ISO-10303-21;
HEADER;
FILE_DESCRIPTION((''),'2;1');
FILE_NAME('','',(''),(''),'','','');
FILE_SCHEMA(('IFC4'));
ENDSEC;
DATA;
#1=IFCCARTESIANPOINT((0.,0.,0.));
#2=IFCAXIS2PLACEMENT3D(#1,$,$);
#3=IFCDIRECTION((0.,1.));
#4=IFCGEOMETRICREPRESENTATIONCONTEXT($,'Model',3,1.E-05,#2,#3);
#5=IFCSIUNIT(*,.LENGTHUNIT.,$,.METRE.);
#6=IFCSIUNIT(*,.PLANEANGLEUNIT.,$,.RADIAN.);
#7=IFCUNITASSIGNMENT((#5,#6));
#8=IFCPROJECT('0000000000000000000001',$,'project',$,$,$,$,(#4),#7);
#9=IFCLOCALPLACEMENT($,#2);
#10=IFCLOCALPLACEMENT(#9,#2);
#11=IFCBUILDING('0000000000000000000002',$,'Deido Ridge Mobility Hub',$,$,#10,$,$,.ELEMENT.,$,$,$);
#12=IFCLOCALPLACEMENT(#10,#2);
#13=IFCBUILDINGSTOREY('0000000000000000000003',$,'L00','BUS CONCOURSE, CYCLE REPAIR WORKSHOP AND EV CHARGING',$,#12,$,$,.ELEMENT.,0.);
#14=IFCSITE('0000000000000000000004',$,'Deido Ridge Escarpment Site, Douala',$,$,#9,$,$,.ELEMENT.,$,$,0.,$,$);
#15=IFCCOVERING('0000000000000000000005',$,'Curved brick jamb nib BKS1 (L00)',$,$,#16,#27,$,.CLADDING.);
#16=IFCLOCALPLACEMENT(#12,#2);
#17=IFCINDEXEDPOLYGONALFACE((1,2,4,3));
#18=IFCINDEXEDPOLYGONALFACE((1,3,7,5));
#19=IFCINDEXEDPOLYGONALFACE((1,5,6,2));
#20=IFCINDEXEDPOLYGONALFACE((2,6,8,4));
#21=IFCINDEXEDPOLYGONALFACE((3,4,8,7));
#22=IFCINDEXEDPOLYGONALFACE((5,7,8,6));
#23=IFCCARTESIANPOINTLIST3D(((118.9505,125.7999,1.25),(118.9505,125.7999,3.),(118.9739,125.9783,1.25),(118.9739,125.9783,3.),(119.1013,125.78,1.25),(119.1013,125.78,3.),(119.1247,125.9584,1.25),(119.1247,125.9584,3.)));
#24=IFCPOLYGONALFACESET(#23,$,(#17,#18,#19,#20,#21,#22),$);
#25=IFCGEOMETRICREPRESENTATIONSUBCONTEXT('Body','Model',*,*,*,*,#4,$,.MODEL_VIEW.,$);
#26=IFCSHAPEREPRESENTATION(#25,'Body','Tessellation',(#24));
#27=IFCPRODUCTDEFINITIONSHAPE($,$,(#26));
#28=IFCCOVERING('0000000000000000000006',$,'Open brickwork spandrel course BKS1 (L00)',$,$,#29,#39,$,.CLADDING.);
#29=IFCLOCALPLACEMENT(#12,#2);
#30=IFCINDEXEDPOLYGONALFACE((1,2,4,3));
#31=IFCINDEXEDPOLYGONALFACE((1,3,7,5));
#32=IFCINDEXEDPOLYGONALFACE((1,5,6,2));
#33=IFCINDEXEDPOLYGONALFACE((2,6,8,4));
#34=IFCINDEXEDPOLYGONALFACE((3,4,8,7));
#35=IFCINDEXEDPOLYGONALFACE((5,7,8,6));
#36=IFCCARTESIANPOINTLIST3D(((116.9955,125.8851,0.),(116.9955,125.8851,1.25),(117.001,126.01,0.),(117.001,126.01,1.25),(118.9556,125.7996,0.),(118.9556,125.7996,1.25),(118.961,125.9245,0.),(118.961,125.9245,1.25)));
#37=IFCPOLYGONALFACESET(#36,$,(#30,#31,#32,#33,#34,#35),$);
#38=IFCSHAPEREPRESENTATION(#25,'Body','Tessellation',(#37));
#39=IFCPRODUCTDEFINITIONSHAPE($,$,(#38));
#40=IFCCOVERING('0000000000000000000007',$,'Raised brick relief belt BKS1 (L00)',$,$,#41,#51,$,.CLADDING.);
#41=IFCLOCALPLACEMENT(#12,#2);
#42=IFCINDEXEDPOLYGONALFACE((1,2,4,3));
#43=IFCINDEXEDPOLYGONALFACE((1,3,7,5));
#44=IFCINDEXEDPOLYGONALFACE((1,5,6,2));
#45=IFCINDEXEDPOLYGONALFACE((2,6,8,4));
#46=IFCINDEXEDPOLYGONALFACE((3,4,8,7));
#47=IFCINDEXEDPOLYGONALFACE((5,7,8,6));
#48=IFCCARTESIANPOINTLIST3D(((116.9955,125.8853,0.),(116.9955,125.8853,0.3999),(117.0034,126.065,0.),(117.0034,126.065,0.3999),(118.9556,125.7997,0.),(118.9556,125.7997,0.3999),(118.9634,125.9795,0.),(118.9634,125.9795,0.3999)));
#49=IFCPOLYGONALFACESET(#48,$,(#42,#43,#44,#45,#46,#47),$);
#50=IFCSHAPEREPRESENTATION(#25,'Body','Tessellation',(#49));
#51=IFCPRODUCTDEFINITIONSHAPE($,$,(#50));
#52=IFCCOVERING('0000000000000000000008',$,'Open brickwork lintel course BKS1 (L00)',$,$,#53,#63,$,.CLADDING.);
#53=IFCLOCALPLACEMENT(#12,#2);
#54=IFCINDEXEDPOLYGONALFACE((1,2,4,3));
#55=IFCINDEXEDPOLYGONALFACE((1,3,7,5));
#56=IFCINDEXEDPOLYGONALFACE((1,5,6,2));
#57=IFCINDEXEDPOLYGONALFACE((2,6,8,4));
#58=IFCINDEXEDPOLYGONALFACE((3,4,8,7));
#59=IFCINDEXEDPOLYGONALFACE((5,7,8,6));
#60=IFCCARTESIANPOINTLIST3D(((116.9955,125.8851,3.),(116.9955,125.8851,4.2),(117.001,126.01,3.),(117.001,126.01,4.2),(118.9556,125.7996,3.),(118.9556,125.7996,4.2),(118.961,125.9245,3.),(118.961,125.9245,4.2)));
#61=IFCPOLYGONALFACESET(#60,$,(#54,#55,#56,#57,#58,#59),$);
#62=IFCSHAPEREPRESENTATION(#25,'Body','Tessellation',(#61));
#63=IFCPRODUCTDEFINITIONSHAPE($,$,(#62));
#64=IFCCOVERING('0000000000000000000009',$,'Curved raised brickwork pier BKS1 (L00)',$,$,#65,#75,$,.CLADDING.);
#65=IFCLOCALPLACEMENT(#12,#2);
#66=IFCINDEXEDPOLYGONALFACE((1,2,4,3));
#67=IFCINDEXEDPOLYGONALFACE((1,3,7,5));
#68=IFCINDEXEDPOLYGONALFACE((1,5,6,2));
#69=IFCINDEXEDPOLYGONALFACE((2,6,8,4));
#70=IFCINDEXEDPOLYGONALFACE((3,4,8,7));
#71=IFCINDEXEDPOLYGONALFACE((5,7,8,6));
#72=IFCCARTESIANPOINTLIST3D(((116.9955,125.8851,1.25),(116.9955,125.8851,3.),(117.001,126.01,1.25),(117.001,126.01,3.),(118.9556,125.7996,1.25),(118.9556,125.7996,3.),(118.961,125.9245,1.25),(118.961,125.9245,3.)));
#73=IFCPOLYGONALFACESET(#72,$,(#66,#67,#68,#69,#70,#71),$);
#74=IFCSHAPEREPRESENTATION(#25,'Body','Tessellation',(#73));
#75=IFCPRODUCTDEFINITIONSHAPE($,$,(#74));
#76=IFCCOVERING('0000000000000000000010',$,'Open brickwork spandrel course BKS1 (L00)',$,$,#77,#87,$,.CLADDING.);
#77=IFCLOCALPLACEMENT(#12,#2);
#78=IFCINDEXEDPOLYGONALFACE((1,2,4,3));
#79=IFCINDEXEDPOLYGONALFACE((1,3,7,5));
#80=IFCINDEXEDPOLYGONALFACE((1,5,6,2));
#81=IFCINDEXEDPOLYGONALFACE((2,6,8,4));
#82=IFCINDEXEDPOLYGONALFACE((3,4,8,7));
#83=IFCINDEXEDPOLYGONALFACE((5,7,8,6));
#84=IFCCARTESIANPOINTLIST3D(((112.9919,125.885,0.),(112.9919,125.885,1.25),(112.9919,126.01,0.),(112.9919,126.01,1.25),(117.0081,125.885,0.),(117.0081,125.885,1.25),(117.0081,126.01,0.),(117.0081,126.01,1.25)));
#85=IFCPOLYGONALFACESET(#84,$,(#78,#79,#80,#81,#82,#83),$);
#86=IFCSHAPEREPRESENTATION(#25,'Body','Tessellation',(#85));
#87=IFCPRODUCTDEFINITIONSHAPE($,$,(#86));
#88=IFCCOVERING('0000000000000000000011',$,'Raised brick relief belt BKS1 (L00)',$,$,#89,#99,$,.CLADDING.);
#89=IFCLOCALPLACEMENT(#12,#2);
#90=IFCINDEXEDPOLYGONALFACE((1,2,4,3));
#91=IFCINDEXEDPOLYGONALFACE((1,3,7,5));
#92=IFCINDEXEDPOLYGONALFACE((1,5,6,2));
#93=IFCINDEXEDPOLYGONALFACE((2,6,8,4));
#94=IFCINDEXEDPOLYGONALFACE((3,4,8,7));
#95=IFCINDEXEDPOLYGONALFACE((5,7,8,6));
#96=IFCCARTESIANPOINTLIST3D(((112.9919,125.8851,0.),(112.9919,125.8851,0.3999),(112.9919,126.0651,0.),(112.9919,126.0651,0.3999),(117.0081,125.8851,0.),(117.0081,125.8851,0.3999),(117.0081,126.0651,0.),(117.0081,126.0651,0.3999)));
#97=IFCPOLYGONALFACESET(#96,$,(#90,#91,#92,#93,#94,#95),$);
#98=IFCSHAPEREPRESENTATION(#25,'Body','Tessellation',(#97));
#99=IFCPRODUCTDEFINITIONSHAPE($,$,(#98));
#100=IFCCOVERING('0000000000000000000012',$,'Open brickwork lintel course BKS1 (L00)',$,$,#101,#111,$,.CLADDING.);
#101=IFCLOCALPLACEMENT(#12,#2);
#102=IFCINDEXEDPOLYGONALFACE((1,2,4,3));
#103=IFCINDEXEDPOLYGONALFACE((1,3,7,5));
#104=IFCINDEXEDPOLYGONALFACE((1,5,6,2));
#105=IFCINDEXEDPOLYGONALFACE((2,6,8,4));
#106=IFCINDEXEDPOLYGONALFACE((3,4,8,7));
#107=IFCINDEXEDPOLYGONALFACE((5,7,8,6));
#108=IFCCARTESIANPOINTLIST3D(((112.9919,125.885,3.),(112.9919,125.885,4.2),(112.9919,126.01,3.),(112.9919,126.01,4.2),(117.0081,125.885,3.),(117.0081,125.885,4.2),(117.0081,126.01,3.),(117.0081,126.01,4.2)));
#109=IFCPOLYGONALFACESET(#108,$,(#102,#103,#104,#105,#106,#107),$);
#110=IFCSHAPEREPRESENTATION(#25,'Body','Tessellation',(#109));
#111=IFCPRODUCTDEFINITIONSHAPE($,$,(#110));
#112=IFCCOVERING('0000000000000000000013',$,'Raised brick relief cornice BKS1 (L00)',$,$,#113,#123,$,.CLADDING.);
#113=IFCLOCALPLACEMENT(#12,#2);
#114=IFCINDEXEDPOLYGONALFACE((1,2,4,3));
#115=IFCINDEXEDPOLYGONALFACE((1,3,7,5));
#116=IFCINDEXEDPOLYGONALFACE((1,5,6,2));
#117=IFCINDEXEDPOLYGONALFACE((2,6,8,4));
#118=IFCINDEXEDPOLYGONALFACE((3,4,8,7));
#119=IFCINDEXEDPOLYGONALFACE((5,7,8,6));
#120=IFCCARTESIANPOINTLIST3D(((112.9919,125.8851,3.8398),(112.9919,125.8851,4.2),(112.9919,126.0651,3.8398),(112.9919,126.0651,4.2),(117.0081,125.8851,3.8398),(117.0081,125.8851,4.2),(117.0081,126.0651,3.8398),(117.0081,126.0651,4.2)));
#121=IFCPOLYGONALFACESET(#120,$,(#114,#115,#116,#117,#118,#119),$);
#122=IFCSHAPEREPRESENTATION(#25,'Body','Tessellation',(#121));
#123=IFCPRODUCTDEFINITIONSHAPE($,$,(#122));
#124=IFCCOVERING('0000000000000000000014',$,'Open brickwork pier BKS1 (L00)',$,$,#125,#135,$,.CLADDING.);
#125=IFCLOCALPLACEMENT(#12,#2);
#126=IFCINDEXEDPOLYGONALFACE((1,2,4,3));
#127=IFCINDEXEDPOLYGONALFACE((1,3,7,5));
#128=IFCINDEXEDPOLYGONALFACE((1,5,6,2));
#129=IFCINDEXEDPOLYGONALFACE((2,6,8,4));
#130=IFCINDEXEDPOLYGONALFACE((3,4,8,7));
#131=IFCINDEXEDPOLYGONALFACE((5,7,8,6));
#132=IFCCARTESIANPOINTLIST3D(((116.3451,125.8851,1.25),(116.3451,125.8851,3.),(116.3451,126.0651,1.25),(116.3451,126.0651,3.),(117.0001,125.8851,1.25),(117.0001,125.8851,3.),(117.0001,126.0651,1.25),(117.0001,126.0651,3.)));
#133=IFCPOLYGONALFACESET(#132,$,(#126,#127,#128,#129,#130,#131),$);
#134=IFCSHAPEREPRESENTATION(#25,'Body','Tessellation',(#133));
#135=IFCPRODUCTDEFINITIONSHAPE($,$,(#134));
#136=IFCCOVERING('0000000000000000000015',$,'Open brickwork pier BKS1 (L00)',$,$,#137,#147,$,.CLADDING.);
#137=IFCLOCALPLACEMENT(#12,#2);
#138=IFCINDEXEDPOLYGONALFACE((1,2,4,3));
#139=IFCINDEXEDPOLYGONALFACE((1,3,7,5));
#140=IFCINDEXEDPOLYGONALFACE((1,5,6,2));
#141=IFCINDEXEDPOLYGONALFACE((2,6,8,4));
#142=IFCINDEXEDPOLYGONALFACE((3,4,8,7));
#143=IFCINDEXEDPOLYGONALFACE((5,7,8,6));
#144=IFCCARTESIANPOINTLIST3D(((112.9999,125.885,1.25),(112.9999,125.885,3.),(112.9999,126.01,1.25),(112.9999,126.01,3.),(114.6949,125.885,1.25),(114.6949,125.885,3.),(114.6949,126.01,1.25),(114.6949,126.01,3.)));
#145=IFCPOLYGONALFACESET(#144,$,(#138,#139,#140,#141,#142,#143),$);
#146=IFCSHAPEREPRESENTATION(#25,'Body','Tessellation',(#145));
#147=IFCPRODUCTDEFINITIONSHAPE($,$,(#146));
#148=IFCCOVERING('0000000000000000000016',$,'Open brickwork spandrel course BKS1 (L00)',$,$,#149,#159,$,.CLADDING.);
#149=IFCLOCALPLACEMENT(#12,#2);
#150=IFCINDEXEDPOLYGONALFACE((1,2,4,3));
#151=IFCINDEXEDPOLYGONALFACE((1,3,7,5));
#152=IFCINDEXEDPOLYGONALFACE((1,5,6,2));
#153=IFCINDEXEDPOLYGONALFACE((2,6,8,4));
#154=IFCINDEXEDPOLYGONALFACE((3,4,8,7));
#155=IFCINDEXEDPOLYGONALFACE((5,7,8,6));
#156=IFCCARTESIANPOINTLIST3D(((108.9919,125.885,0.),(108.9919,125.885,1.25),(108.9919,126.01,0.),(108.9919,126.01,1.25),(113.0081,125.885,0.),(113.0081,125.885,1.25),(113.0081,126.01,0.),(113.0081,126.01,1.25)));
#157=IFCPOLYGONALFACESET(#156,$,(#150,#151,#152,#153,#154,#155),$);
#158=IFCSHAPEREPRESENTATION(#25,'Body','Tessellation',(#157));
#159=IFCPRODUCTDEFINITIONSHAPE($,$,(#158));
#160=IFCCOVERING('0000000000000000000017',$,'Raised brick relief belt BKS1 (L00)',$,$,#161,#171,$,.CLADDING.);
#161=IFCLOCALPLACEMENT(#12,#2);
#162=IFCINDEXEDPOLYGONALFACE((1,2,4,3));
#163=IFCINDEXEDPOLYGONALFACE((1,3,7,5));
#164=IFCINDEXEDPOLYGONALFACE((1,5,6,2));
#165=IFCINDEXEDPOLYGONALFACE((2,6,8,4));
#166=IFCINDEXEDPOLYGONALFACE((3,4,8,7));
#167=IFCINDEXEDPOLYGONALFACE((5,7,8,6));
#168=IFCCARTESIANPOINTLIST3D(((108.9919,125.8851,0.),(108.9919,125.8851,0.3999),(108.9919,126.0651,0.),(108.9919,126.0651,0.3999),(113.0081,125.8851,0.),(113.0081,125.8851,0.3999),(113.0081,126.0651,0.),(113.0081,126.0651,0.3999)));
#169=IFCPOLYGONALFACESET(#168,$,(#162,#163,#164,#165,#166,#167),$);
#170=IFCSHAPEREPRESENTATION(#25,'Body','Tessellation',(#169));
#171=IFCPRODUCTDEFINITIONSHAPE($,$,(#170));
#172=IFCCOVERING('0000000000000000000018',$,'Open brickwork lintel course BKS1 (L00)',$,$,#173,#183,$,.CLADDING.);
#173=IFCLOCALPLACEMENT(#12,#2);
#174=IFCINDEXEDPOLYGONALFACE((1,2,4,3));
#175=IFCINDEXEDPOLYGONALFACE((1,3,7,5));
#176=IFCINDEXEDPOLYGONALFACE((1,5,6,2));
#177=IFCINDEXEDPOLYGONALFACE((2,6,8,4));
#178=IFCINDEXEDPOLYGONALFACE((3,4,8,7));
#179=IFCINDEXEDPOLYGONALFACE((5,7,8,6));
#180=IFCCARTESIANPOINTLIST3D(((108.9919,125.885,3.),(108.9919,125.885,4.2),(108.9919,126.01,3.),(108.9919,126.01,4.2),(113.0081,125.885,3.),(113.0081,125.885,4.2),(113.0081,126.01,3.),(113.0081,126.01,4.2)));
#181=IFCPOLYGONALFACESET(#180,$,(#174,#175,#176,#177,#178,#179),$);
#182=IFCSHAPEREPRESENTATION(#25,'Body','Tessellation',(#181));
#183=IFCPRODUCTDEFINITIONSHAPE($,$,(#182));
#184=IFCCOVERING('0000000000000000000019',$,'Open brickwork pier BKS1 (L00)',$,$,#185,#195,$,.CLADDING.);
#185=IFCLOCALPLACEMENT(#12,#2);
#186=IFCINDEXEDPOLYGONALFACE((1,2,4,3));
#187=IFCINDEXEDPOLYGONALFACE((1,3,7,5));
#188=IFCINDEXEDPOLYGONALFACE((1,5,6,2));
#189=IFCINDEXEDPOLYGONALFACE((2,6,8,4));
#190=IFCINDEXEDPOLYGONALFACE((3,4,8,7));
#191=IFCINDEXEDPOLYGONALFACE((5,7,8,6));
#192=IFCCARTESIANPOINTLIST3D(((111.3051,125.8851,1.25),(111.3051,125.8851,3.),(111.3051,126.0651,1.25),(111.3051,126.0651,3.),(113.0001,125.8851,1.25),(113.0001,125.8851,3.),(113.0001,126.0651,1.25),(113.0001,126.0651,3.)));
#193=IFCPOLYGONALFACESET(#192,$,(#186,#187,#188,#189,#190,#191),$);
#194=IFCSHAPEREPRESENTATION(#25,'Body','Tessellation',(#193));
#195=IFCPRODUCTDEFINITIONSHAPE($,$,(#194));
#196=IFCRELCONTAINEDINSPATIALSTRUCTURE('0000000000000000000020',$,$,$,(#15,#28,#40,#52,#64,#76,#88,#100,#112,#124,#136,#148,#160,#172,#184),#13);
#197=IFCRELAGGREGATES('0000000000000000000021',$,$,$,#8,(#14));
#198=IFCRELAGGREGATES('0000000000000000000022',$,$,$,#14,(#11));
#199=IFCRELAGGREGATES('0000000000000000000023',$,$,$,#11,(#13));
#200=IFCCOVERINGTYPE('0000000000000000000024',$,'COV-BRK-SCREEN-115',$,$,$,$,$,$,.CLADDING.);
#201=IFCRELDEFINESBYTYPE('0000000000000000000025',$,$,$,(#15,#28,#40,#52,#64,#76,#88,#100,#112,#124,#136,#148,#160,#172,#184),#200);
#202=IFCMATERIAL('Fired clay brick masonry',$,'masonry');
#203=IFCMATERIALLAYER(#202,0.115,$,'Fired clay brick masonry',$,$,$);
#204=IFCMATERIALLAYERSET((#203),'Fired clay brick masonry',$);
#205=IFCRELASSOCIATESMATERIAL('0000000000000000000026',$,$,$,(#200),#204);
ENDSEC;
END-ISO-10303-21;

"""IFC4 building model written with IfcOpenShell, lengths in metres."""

from ifc_helpers import new_model, si_unit, direction, frame, origin, origin_2d, place, context, subcontext, project, spatial, rectangle, extrude, material, layer, layer_set, type_object, element, save


model = new_model("IFC4")

# Units and contexts
model_context = context("Model", 3, precision=1e-05, world=origin(), true_north=direction((0.0, 1.0)))
body_context = subcontext(model_context, "Body", "Model", "MODEL_VIEW")
ifc_project = project(units=[si_unit("LENGTHUNIT", "METRE"), si_unit("PLANEANGLEUNIT", "RADIAN")], contexts=[model_context])

# Site, building, storey
site_placement = place(None, origin())
site = spatial("IfcSite", under=ifc_project, at=site_placement, Name="Deido Ridge Escarpment Site, Douala", CompositionType="ELEMENT", RefElevation=0.0)
building_placement = place(site_placement, origin())
building = spatial("IfcBuilding", under=site, at=building_placement, Name="Deido Ridge Mobility Hub", CompositionType="ELEMENT")
storey_placement = place(building_placement, origin())
storey = spatial("IfcBuildingStorey", under=building, at=storey_placement, Name="L00", Description="BUS CONCOURSE, CYCLE REPAIR WORKSHOP AND EV CHARGING", CompositionType="ELEMENT", Elevation=0.0)

# Coverings
ifc_material_1 = material(Name="Fired clay brick masonry", Category="masonry")
ifc_layer = layer(ifc_material_1, 0.115, Name="Fired clay brick masonry")
ifc_layer_set = layer_set([ifc_layer], Name="Fired clay brick masonry")
covering_type = type_object("IfcCoveringType", Name="COV-BRK-SCREEN-115", PredefinedType="CLADDING", material=ifc_layer_set)
for number, where, z_axis, x_axis, name in (
    (1, (119.0376, 125.8792, 1.25), (0.0, 0.0, 1.0), (-0.991443, 0.130543, 0.0), "Curved brick jamb nib BKS1 (L00)"),
):
    element("IfcCovering", number, at=place(storey_placement, frame(where, z_axis=z_axis, x_axis=x_axis)), inside=storey, type_object=covering_type, Name=name, PredefinedType="CLADDING", context=body_context, shape_type="SweptSolid", body=[
        extrude(rectangle(XDim=0.1521, YDim=0.1799, at=origin_2d()), origin(), (0.0, 0.0, 1.0), 1.75),
    ])
covering_1_placement = place(storey_placement, frame((117.9783, 125.9048, 0.0), z_axis=(0.0, 0.0, 1.0), x_axis=(-0.999049, 0.043602, 0.0)))
element("IfcCovering", 2, at=covering_1_placement, inside=storey, type_object=covering_type, Name="Open brickwork spandrel course BKS1 (L00)", PredefinedType="CLADDING", context=body_context, shape_type="SweptSolid", body=[
    extrude(rectangle(XDim=1.9619, YDim=0.125, at=origin_2d()), origin(), (0.0, 0.0, 1.0), 1.25),
])
covering_2_placement = place(storey_placement, frame((117.9795, 125.9324, 0.0), z_axis=(0.0, 0.0, 1.0), x_axis=(-0.999049, 0.043602, 0.0)))
element("IfcCovering", 3, at=covering_2_placement, inside=storey, type_object=covering_type, Name="Raised brick relief belt BKS1 (L00)", PredefinedType="CLADDING", context=body_context, shape_type="SweptSolid", body=[
    extrude(rectangle(XDim=1.9619, YDim=0.1799, at=origin_2d()), origin(), (0.0, 0.0, 1.0), 0.3999),
])
covering_3_placement = place(storey_placement, frame((117.9783, 125.9048, 3.0), z_axis=(0.0, 0.0, 1.0), x_axis=(-0.999049, 0.043602, 0.0)))
element("IfcCovering", 4, at=covering_3_placement, inside=storey, type_object=covering_type, Name="Open brickwork lintel course BKS1 (L00)", PredefinedType="CLADDING", context=body_context, shape_type="SweptSolid", body=[
    extrude(rectangle(XDim=1.9619, YDim=0.125, at=origin_2d()), origin(), (0.0, 0.0, 1.0), 1.2),
])
covering_4_placement = place(storey_placement, frame((117.9783, 125.9048, 1.25), z_axis=(0.0, 0.0, 1.0), x_axis=(-0.999049, 0.043602, 0.0)))
element("IfcCovering", 5, at=covering_4_placement, inside=storey, type_object=covering_type, Name="Curved raised brickwork pier BKS1 (L00)", PredefinedType="CLADDING", context=body_context, shape_type="SweptSolid", body=[
    extrude(rectangle(XDim=1.9619, YDim=0.125, at=origin_2d()), origin(), (0.0, 0.0, 1.0), 1.75),
])
covering_5_placement = place(storey_placement, frame((115.0, 125.9475, 0.0), z_axis=(0.0, 0.0, 1.0), x_axis=(-1.0, 0.0, 0.0)))
element("IfcCovering", 6, at=covering_5_placement, inside=storey, type_object=covering_type, Name="Open brickwork spandrel course BKS1 (L00)", PredefinedType="CLADDING", context=body_context, shape_type="SweptSolid", body=[
    extrude(rectangle(XDim=4.0161, YDim=0.125, at=origin_2d()), origin(), (0.0, 0.0, 1.0), 1.25),
])
covering_6_placement = place(storey_placement, frame((115.0, 125.9751, 0.0), z_axis=(0.0, 0.0, 1.0), x_axis=(-1.0, 0.0, 0.0)))
element("IfcCovering", 7, at=covering_6_placement, inside=storey, type_object=covering_type, Name="Raised brick relief belt BKS1 (L00)", PredefinedType="CLADDING", context=body_context, shape_type="SweptSolid", body=[
    extrude(rectangle(XDim=4.0161, YDim=0.1799, at=origin_2d()), origin(), (0.0, 0.0, 1.0), 0.3999),
])
covering_7_placement = place(storey_placement, frame((115.0, 125.9475, 3.0), z_axis=(0.0, 0.0, 1.0), x_axis=(-1.0, 0.0, 0.0)))
element("IfcCovering", 8, at=covering_7_placement, inside=storey, type_object=covering_type, Name="Open brickwork lintel course BKS1 (L00)", PredefinedType="CLADDING", context=body_context, shape_type="SweptSolid", body=[
    extrude(rectangle(XDim=4.0161, YDim=0.125, at=origin_2d()), origin(), (0.0, 0.0, 1.0), 1.2),
])
covering_8_placement = place(storey_placement, frame((115.0, 125.9751, 3.8398), z_axis=(0.0, 0.0, 1.0), x_axis=(-1.0, 0.0, 0.0)))
element("IfcCovering", 9, at=covering_8_placement, inside=storey, type_object=covering_type, Name="Raised brick relief cornice BKS1 (L00)", PredefinedType="CLADDING", context=body_context, shape_type="SweptSolid", body=[
    extrude(rectangle(XDim=4.0161, YDim=0.1799, at=origin_2d()), origin(), (0.0, 0.0, 1.0), 0.3601),
])
covering_9_placement = place(storey_placement, frame((116.6726, 125.9751, 1.25), z_axis=(0.0, 0.0, 1.0), x_axis=(-1.0, 0.0, 0.0)))
element("IfcCovering", 10, at=covering_9_placement, inside=storey, type_object=covering_type, Name="Open brickwork pier BKS1 (L00)", PredefinedType="CLADDING", context=body_context, shape_type="SweptSolid", body=[
    extrude(rectangle(XDim=0.655, YDim=0.1799, at=origin_2d()), origin(), (0.0, 0.0, 1.0), 1.75),
])
covering_10_placement = place(storey_placement, frame((113.8474, 125.9475, 1.25), z_axis=(0.0, 0.0, 1.0), x_axis=(-1.0, 0.0, 0.0)))
element("IfcCovering", 11, at=covering_10_placement, inside=storey, type_object=covering_type, Name="Open brickwork pier BKS1 (L00)", PredefinedType="CLADDING", context=body_context, shape_type="SweptSolid", body=[
    extrude(rectangle(XDim=1.6951, YDim=0.125, at=origin_2d()), origin(), (0.0, 0.0, 1.0), 1.75),
])
covering_11_placement = place(storey_placement, frame((111.0, 125.9475, 0.0), z_axis=(0.0, 0.0, 1.0), x_axis=(-1.0, 0.0, 0.0)))
element("IfcCovering", 12, at=covering_11_placement, inside=storey, type_object=covering_type, Name="Open brickwork spandrel course BKS1 (L00)", PredefinedType="CLADDING", context=body_context, shape_type="SweptSolid", body=[
    extrude(rectangle(XDim=4.0161, YDim=0.125, at=origin_2d()), origin(), (0.0, 0.0, 1.0), 1.25),
])
covering_12_placement = place(storey_placement, frame((111.0, 125.9751, 0.0), z_axis=(0.0, 0.0, 1.0), x_axis=(-1.0, 0.0, 0.0)))
element("IfcCovering", 13, at=covering_12_placement, inside=storey, type_object=covering_type, Name="Raised brick relief belt BKS1 (L00)", PredefinedType="CLADDING", context=body_context, shape_type="SweptSolid", body=[
    extrude(rectangle(XDim=4.0161, YDim=0.1799, at=origin_2d()), origin(), (0.0, 0.0, 1.0), 0.3999),
])
covering_13_placement = place(storey_placement, frame((111.0, 125.9475, 3.0), z_axis=(0.0, 0.0, 1.0), x_axis=(-1.0, 0.0, 0.0)))
element("IfcCovering", 14, at=covering_13_placement, inside=storey, type_object=covering_type, Name="Open brickwork lintel course BKS1 (L00)", PredefinedType="CLADDING", context=body_context, shape_type="SweptSolid", body=[
    extrude(rectangle(XDim=4.0161, YDim=0.125, at=origin_2d()), origin(), (0.0, 0.0, 1.0), 1.2),
])
covering_14_placement = place(storey_placement, frame((112.1526, 125.9751, 1.25), z_axis=(0.0, 0.0, 1.0), x_axis=(-1.0, 0.0, 0.0)))
element("IfcCovering", 15, at=covering_14_placement, inside=storey, type_object=covering_type, Name="Open brickwork pier BKS1 (L00)", PredefinedType="CLADDING", context=body_context, shape_type="SweptSolid", body=[
    extrude(rectangle(XDim=1.6951, YDim=0.1799, at=origin_2d()), origin(), (0.0, 0.0, 1.0), 1.75),
])

save(model, "model.ifc")
